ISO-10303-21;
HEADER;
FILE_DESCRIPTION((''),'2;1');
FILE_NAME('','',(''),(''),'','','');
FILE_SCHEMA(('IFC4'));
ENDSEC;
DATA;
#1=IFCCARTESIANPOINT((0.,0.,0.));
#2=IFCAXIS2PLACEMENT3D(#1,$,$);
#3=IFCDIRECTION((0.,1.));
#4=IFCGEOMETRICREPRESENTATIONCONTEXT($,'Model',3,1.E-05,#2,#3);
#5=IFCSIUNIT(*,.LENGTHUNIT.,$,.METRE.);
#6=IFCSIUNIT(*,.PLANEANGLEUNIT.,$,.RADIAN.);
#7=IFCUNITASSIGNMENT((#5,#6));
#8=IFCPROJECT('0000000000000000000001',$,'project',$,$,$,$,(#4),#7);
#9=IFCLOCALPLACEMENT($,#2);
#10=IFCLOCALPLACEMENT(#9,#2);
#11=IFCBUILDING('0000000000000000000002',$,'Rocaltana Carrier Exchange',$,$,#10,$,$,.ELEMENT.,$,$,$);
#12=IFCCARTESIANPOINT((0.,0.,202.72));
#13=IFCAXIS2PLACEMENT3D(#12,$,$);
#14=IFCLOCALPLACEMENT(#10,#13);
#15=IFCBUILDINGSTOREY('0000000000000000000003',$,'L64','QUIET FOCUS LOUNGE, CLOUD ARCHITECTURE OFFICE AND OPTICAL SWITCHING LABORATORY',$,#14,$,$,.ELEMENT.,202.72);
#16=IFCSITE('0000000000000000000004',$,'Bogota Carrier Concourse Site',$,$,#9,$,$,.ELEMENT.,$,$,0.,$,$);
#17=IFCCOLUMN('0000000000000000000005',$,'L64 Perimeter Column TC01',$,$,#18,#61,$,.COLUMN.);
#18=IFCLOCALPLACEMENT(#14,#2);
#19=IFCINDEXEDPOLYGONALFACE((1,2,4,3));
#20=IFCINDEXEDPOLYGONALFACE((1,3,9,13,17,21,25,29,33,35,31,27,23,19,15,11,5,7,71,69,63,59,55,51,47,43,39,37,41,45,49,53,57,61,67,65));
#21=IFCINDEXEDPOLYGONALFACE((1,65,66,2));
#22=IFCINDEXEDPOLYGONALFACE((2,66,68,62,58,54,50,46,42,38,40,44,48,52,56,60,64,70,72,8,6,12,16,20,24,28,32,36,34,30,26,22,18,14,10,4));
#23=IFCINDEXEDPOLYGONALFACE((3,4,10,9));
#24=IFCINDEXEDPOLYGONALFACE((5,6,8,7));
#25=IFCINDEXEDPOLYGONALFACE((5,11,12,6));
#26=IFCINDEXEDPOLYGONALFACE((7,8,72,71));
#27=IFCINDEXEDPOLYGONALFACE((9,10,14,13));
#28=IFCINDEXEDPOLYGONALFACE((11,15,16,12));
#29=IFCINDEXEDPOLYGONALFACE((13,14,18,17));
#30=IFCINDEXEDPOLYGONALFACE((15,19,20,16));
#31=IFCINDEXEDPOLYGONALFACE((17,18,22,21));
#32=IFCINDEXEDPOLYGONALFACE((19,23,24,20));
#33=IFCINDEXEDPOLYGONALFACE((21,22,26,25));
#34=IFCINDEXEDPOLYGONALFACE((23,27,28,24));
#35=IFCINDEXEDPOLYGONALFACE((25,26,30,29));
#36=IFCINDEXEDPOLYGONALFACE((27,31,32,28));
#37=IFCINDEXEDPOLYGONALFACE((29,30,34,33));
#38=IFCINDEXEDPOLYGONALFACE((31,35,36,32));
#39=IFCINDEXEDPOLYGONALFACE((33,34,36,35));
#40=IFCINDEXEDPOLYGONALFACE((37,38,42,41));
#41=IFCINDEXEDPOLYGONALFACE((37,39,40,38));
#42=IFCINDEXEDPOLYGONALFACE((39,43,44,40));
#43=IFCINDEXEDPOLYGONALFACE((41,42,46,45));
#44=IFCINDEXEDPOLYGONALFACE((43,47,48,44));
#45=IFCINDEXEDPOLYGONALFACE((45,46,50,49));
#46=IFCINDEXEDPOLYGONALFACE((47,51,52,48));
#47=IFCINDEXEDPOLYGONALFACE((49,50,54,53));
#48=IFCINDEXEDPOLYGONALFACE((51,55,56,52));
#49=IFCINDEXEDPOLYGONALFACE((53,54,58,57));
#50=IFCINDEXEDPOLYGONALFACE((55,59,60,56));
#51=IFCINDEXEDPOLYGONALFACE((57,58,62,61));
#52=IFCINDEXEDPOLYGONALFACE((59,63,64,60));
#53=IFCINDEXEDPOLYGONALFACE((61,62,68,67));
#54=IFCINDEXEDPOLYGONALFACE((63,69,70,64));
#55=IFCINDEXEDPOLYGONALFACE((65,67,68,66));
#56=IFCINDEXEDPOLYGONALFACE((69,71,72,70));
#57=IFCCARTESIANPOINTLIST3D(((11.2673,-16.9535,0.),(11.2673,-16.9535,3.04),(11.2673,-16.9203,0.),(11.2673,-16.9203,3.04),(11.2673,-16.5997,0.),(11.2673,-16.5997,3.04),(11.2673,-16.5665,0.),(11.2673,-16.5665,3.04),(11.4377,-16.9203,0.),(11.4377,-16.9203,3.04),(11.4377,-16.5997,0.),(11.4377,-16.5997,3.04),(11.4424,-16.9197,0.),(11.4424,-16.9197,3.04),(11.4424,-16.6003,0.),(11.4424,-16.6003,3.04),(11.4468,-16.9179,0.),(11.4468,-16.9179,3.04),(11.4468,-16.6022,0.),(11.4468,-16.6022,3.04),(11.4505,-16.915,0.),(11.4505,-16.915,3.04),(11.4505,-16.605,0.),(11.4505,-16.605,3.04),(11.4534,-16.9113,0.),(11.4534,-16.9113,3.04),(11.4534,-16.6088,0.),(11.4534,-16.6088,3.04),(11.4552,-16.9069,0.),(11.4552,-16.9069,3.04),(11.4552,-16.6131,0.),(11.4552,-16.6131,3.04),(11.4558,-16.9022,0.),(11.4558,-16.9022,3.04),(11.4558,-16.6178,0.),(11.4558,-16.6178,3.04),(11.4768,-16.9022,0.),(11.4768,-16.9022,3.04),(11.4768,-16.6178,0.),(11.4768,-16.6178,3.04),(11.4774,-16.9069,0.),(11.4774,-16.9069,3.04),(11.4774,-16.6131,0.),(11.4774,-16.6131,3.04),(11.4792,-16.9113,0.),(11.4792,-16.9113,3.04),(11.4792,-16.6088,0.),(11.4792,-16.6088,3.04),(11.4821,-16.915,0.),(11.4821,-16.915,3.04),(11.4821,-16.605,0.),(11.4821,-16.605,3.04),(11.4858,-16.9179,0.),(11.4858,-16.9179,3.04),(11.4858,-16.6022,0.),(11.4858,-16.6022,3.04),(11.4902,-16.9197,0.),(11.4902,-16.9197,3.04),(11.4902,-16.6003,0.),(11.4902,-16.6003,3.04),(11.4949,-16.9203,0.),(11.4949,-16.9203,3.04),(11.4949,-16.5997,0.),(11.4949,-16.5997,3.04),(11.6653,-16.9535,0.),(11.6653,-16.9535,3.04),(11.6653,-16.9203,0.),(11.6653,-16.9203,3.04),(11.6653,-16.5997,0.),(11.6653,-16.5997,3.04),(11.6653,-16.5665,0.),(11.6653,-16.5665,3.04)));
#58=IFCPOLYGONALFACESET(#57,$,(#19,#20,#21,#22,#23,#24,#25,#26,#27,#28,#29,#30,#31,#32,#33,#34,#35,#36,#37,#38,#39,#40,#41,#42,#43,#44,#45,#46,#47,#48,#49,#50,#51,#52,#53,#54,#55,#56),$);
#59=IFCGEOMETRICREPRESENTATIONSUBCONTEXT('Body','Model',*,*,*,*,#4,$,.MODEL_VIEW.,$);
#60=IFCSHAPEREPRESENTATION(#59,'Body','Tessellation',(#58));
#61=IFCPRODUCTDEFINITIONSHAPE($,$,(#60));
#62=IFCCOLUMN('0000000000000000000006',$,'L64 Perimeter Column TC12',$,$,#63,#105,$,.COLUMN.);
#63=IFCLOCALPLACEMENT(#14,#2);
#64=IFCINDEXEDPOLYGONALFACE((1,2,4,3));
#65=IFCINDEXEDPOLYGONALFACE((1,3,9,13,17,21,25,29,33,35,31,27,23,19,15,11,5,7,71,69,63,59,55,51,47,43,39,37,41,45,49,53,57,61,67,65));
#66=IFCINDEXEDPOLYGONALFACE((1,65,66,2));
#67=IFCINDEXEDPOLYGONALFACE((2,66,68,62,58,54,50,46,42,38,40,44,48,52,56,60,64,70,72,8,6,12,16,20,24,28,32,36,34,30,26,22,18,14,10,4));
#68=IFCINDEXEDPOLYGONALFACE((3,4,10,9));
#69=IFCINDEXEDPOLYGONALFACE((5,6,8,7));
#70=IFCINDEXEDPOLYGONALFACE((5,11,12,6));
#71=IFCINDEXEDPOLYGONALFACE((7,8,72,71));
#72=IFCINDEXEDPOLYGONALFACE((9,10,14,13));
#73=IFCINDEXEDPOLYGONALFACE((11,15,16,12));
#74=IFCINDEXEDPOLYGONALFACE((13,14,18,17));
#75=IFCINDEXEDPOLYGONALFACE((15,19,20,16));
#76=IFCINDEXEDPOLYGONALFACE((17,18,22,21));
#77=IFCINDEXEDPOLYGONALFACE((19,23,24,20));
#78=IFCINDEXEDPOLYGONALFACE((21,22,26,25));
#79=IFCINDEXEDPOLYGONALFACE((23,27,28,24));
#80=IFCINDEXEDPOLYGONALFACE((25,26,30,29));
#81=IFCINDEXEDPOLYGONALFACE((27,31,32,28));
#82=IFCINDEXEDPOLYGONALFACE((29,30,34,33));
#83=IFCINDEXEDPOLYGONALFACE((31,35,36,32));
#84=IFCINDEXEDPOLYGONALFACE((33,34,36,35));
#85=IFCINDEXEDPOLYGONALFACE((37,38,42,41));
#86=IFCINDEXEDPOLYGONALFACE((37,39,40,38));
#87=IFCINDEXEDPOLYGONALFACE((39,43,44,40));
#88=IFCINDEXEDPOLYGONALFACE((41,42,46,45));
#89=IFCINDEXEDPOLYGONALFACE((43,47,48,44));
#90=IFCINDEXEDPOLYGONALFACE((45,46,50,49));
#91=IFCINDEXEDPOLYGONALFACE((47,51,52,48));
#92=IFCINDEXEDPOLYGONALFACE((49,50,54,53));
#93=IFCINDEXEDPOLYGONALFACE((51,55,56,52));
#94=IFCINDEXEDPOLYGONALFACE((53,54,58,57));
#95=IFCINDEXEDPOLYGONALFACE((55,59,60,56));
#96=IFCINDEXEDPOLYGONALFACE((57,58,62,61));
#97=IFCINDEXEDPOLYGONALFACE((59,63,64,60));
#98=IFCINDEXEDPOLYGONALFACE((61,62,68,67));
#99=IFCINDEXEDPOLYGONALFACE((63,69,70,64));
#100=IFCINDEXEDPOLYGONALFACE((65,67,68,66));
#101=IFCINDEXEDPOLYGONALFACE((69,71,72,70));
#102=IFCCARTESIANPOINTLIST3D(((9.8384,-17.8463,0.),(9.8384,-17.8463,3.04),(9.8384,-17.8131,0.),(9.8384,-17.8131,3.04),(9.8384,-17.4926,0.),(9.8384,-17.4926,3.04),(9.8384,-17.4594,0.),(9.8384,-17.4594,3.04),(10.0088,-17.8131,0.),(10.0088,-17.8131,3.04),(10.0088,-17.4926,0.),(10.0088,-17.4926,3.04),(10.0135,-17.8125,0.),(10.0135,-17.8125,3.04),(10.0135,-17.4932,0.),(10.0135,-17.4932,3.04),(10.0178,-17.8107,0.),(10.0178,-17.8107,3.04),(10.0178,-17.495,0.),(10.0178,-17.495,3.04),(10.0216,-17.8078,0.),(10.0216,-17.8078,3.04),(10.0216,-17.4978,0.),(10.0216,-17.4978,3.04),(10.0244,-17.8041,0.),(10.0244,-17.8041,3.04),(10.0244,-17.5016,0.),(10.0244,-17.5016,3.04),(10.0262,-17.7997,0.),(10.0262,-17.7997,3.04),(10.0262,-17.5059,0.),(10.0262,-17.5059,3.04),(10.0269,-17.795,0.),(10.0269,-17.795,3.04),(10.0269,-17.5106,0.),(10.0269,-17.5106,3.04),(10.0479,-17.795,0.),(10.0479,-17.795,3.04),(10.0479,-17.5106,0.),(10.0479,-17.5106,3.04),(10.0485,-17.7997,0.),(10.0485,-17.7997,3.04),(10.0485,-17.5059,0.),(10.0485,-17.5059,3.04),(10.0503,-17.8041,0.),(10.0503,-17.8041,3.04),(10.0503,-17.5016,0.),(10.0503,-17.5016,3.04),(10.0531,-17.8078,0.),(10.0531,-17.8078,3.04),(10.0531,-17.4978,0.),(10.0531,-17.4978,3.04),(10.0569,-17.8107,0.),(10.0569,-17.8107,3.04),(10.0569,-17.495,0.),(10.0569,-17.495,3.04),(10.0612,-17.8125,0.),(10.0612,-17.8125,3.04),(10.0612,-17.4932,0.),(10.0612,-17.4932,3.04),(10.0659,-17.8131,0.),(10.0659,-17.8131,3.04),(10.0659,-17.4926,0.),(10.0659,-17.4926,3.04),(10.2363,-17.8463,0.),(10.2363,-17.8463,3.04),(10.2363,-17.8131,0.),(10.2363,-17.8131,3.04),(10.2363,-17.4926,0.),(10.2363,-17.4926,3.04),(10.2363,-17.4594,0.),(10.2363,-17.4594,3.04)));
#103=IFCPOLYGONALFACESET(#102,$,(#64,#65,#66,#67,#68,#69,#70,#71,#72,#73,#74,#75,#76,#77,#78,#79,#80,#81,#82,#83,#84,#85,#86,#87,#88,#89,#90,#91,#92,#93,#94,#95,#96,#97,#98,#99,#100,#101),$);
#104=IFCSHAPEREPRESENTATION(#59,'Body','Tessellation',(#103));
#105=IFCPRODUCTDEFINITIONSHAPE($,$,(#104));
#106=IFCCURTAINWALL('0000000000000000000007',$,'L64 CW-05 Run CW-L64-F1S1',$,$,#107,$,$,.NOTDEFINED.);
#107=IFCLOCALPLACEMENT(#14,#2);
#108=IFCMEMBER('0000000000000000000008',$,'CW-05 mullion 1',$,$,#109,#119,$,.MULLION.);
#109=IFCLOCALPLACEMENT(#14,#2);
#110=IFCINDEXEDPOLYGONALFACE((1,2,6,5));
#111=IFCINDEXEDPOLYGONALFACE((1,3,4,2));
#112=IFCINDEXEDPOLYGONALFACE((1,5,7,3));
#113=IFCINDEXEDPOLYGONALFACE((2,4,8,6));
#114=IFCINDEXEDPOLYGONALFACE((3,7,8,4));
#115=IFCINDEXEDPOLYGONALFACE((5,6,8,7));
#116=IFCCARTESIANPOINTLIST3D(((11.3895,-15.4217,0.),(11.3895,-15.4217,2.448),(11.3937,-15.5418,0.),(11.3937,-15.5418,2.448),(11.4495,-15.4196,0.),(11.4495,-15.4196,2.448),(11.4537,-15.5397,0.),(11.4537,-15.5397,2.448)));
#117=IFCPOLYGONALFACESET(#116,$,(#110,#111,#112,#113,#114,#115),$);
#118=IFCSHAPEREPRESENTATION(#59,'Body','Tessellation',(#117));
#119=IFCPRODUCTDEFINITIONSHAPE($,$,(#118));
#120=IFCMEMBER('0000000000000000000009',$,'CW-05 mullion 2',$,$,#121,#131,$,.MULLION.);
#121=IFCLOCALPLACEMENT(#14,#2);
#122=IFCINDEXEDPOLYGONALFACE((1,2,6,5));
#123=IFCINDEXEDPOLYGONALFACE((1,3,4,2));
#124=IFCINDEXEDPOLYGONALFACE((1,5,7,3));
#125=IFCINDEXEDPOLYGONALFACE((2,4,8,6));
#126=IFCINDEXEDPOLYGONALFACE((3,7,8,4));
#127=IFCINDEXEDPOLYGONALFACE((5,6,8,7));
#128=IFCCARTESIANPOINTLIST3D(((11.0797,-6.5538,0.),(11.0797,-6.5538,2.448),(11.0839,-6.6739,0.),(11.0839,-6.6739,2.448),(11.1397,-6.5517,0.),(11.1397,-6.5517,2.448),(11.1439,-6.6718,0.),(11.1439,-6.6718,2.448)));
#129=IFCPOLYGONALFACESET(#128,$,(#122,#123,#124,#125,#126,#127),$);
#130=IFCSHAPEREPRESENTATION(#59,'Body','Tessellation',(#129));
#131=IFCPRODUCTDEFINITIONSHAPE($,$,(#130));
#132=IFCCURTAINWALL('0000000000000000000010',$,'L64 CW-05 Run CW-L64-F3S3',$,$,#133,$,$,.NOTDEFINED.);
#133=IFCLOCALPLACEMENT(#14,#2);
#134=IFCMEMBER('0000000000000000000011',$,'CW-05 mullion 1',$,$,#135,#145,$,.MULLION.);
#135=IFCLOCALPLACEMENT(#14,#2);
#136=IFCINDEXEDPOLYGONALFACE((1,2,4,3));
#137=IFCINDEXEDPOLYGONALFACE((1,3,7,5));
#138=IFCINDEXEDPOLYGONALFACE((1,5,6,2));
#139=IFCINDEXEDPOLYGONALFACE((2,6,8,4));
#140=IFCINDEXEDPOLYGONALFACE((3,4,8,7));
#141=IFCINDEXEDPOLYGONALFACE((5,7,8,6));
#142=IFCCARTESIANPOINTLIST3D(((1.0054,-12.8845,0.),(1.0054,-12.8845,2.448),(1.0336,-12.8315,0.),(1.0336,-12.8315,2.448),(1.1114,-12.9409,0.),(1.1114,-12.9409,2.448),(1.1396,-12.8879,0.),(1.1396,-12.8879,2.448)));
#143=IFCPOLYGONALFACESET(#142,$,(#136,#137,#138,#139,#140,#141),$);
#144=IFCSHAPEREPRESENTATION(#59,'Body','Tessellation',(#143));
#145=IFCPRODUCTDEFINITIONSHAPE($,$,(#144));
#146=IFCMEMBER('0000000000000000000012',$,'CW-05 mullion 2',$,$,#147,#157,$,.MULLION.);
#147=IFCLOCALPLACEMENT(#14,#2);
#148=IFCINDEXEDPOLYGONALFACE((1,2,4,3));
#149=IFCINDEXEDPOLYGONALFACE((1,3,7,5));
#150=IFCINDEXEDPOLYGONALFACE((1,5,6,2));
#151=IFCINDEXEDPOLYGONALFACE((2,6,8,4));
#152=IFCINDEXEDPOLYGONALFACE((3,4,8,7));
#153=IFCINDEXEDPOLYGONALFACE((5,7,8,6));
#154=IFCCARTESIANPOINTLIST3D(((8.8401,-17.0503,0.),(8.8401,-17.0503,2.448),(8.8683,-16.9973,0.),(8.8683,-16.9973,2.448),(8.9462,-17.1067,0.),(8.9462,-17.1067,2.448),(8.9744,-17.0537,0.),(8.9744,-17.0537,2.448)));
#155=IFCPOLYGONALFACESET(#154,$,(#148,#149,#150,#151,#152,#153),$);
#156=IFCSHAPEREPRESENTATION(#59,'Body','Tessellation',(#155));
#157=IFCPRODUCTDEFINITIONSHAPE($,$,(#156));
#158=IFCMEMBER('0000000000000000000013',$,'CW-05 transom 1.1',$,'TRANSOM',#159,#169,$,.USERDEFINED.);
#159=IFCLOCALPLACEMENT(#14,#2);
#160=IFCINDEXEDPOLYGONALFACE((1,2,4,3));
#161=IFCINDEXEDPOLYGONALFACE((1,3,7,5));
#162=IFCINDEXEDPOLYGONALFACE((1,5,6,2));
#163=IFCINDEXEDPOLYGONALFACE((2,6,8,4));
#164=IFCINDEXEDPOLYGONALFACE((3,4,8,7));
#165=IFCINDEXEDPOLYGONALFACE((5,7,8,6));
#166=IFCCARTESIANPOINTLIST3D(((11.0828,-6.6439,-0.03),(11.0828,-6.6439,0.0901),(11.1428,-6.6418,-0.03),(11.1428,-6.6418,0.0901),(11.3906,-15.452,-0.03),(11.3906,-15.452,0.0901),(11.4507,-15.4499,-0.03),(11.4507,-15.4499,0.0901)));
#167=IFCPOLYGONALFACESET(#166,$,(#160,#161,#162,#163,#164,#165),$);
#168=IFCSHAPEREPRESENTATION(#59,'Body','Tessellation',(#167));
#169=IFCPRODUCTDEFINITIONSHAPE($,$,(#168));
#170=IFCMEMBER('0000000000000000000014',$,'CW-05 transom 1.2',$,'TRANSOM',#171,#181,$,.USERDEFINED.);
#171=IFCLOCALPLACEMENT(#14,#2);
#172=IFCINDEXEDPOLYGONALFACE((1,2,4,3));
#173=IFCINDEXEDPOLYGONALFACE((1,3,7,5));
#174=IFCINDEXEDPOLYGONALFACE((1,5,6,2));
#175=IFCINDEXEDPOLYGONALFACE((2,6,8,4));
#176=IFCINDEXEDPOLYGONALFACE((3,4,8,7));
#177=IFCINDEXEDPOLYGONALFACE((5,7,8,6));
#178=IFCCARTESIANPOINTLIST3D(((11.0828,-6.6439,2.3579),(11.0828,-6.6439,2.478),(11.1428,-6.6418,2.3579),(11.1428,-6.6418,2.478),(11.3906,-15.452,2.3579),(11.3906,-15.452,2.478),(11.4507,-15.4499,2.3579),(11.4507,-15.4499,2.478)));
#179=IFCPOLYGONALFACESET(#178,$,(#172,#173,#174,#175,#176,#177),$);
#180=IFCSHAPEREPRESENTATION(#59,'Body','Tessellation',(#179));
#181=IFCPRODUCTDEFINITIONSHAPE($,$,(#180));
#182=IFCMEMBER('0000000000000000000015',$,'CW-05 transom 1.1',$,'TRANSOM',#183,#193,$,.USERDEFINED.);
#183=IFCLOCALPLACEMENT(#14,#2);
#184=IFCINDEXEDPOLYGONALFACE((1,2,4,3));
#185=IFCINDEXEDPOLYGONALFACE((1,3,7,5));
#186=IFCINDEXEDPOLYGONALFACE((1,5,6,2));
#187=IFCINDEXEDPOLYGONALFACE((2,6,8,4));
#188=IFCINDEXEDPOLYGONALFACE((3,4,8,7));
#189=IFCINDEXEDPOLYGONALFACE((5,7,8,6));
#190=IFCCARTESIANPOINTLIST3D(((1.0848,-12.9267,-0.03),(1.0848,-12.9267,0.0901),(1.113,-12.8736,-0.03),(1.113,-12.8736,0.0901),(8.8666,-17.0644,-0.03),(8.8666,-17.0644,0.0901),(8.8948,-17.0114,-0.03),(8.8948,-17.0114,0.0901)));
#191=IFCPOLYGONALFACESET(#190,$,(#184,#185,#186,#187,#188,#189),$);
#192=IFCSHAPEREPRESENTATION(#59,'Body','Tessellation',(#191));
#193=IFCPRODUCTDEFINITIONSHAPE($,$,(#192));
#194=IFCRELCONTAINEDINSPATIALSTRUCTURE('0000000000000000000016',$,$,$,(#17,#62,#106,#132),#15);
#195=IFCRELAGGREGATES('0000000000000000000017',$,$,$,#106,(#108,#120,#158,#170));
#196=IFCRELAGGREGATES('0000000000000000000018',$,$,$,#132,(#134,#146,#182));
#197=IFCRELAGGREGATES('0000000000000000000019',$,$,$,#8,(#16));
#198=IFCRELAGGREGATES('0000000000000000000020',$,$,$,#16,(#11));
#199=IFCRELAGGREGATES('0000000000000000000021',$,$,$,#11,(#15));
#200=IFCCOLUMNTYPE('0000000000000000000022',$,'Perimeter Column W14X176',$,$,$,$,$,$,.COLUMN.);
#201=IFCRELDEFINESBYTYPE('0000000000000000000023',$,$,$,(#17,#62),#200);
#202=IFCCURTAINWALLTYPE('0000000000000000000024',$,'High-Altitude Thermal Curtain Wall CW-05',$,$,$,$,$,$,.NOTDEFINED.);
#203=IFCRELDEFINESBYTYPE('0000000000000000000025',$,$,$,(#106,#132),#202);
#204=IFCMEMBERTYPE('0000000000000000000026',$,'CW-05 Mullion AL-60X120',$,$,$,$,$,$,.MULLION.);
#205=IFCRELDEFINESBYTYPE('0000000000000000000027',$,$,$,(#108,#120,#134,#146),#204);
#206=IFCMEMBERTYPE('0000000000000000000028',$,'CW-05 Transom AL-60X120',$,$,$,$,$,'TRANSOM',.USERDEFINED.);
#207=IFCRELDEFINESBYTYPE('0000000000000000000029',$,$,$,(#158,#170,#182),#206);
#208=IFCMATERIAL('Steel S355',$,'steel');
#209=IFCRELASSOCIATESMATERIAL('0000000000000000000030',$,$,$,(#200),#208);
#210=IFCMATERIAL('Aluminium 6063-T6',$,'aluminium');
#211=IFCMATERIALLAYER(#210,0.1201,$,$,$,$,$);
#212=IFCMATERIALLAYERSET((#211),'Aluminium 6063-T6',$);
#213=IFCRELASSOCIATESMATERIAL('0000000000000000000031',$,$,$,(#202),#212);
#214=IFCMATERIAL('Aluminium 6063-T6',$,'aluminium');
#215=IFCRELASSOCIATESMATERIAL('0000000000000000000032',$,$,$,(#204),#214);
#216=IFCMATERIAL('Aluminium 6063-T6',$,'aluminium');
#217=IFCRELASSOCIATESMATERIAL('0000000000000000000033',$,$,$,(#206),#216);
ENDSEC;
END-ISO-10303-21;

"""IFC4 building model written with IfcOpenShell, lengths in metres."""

from ifc_helpers import new_model, si_unit, direction, frame, origin, origin_2d, place, context, subcontext, project, spatial, rectangle, i_section, extrude, material, layer, layer_set, material_profile, profile_set, type_object, element, aggregate, save


model = new_model("IFC4")

# Units and contexts
model_context = context("Model", 3, precision=1e-05, world=origin(), true_north=direction((0.0, 1.0)))
body_context = subcontext(model_context, "Body", "Model", "MODEL_VIEW")
ifc_project = project(units=[si_unit("LENGTHUNIT", "METRE"), si_unit("PLANEANGLEUNIT", "RADIAN")], contexts=[model_context])

# Site, building, storey
site_placement = place(None, origin())
site = spatial("IfcSite", under=ifc_project, at=site_placement, Name="Bogota Carrier Concourse Site", CompositionType="ELEMENT", RefElevation=0.0)
building_placement = place(site_placement, origin())
building = spatial("IfcBuilding", under=site, at=building_placement, Name="Rocaltana Carrier Exchange", CompositionType="ELEMENT")
storey_placement = place(building_placement, frame((0.0, 0.0, 202.72)))
storey = spatial("IfcBuildingStorey", under=building, at=storey_placement, Name="L64", Description="QUIET FOCUS LOUNGE, CLOUD ARCHITECTURE OFFICE AND OPTICAL SWITCHING LABORATORY", CompositionType="ELEMENT", Elevation=202.72)

# Columns
ifc_material_1 = material(Name="Steel S355", Category="steel")
ifc_material_profile_1 = material_profile(ifc_material_1, i_section(OverallWidth=0.3979, OverallDepth=0.387, WebThickness=0.021, FlangeThickness=0.0332, FilletRadius=0.0181, at=origin_2d()), Name="W14X176")
ifc_profile_set_1 = profile_set([ifc_material_profile_1], Name="Steel S355")
column_type = type_object("IfcColumnType", Name="Perimeter Column W14X176", PredefinedType="COLUMN", material=ifc_profile_set_1)
for number, where, z_axis, x_axis, name in (
    (1, (11.4663, -16.76, 0.0), (0.0, 0.0, 1.0), (1.0, 0.0, 0.0), "L64 Perimeter Column TC01"),
    (2, (10.0374, -17.6528, 0.0), (0.0, 0.0, 1.0), (1.0, 0.0, 0.0), "L64 Perimeter Column TC12"),
):
    element("IfcColumn", number, at=place(storey_placement, frame(where, z_axis=z_axis, x_axis=x_axis)), inside=storey, type_object=column_type, Name=name, PredefinedType="COLUMN", context=body_context, shape_type="SweptSolid", body=[
        extrude(i_section(OverallWidth=0.3979, OverallDepth=0.387, WebThickness=0.021, FlangeThickness=0.0332, FilletRadius=0.0181, at=origin_2d()), origin(), (0.0, 0.0, 1.0), 3.04),
    ])

# Curtain walls, members
ifc_material_2 = material(Name="Aluminium 6063-T6", Category="aluminium")
ifc_layer_1 = layer(ifc_material_2, 0.1201)
ifc_layer_set_1 = layer_set([ifc_layer_1], Name="Aluminium 6063-T6")
curtain_wall_type = type_object("IfcCurtainWallType", Name="High-Altitude Thermal Curtain Wall CW-05", PredefinedType="NOTDEFINED", material=ifc_layer_set_1)
curtain_wall_1_placement = place(storey_placement, origin())
curtain_wall_1 = element("IfcCurtainWall", 3, at=curtain_wall_1_placement, inside=storey, type_object=curtain_wall_type, Name="L64 CW-05 Run CW-L64-F1S1", PredefinedType="NOTDEFINED")
ifc_material_3 = material(Name="Aluminium 6063-T6", Category="aluminium")
ifc_material_profile_2 = material_profile(ifc_material_3, rectangle(XDim=0.0601, YDim=0.1201, at=origin_2d()), Name="AL-60X120")
ifc_profile_set_2 = profile_set([ifc_material_profile_2], Name="Aluminium 6063-T6")
member_type_1 = type_object("IfcMemberType", Name="CW-05 Mullion AL-60X120", PredefinedType="MULLION", material=ifc_profile_set_2)
member_1_placement = place(storey_placement, frame((11.4216, -15.4807, 0.0), z_axis=(0.0, 0.0, 1.0), x_axis=(-0.99939, -0.034914, 0.0)))
member_1 = element("IfcMember", 4, at=member_1_placement, type_object=member_type_1, Name="CW-05 mullion 1", PredefinedType="MULLION", context=body_context, shape_type="SweptSolid", body=[
    extrude(rectangle(XDim=0.0601, YDim=0.1201, at=origin_2d()), origin(), (0.0, 0.0, 1.0), 2.448),
])
member_2_placement = place(storey_placement, frame((11.1118, -6.6128, 0.0), z_axis=(0.0, 0.0, 1.0), x_axis=(-0.99939, -0.034914, 0.0)))
member_2 = element("IfcMember", 5, at=member_2_placement, type_object=member_type_1, Name="CW-05 mullion 2", PredefinedType="MULLION", context=body_context, shape_type="SweptSolid", body=[
    extrude(rectangle(XDim=0.0601, YDim=0.1201, at=origin_2d()), origin(), (0.0, 0.0, 1.0), 2.448),
])
curtain_wall_2_placement = place(storey_placement, origin())
curtain_wall_2 = element("IfcCurtainWall", 6, at=curtain_wall_2_placement, inside=storey, type_object=curtain_wall_type, Name="L64 CW-05 Run CW-L64-F3S3", PredefinedType="NOTDEFINED")
member_3_placement = place(storey_placement, frame((1.0725, -12.8862, 0.0), z_axis=(0.0, 0.0, 1.0), x_axis=(0.469475, 0.882946, 0.0)))
member_3 = element("IfcMember", 7, at=member_3_placement, type_object=member_type_1, Name="CW-05 mullion 1", PredefinedType="MULLION", context=body_context, shape_type="SweptSolid", body=[
    extrude(rectangle(XDim=0.0601, YDim=0.1201, at=origin_2d()), origin(), (0.0, 0.0, 1.0), 2.448),
])
member_4_placement = place(storey_placement, frame((8.9072, -17.052, 0.0), z_axis=(0.0, 0.0, 1.0), x_axis=(0.469475, 0.882946, 0.0)))
member_4 = element("IfcMember", 8, at=member_4_placement, type_object=member_type_1, Name="CW-05 mullion 2", PredefinedType="MULLION", context=body_context, shape_type="SweptSolid", body=[
    extrude(rectangle(XDim=0.0601, YDim=0.1201, at=origin_2d()), origin(), (0.0, 0.0, 1.0), 2.448),
])

# Members
ifc_material_4 = material(Name="Aluminium 6063-T6", Category="aluminium")
ifc_material_profile_3 = material_profile(ifc_material_4, rectangle(XDim=0.0601, YDim=0.1201, at=origin_2d()), Name="AL-60X120")
ifc_profile_set_3 = profile_set([ifc_material_profile_3], Name="Aluminium 6063-T6")
member_type_2 = type_object("IfcMemberType", Name="CW-05 Transom AL-60X120", ElementType="TRANSOM", PredefinedType="USERDEFINED", material=ifc_profile_set_3)
member_5_placement = place(storey_placement, frame((11.4207, -15.4509, 0.03), z_axis=(-0.034931, 0.99939, 0.0), x_axis=(-0.99939, -0.034931, 0.0)))
member_5 = element("IfcMember", 9, at=member_5_placement, type_object=member_type_2, Name="CW-05 transom 1.1", ObjectType="TRANSOM", PredefinedType="USERDEFINED", context=body_context, shape_type="SweptSolid", body=[
    extrude(rectangle(XDim=0.0601, YDim=0.1201, at=origin_2d()), origin(), (0.0, 0.0, 1.0), 8.8135),
])
member_6_placement = place(storey_placement, frame((11.4207, -15.4509, 2.418), z_axis=(-0.034931, 0.99939, 0.0), x_axis=(-0.99939, -0.034931, 0.0)))
member_6 = element("IfcMember", 10, at=member_6_placement, type_object=member_type_2, Name="CW-05 transom 1.2", ObjectType="TRANSOM", PredefinedType="USERDEFINED", context=body_context, shape_type="SweptSolid", body=[
    extrude(rectangle(XDim=0.0601, YDim=0.1201, at=origin_2d()), origin(), (0.0, 0.0, 1.0), 8.8135),
])
member_7_placement = place(storey_placement, frame((1.0989, -12.9001, 0.03), z_axis=(0.882944, -0.469478, 0.0), x_axis=(0.469478, 0.882944, 0.0)))
member_7 = element("IfcMember", 11, at=member_7_placement, type_object=member_type_2, Name="CW-05 transom 1.1", ObjectType="TRANSOM", PredefinedType="USERDEFINED", context=body_context, shape_type="SweptSolid", body=[
    extrude(rectangle(XDim=0.0601, YDim=0.1201, at=origin_2d()), origin(), (0.0, 0.0, 1.0), 8.8135),
])

aggregate(curtain_wall_1, [member_1, member_2, member_5, member_6])
aggregate(curtain_wall_2, [member_3, member_4, member_7])

save(model, "model.ifc")
